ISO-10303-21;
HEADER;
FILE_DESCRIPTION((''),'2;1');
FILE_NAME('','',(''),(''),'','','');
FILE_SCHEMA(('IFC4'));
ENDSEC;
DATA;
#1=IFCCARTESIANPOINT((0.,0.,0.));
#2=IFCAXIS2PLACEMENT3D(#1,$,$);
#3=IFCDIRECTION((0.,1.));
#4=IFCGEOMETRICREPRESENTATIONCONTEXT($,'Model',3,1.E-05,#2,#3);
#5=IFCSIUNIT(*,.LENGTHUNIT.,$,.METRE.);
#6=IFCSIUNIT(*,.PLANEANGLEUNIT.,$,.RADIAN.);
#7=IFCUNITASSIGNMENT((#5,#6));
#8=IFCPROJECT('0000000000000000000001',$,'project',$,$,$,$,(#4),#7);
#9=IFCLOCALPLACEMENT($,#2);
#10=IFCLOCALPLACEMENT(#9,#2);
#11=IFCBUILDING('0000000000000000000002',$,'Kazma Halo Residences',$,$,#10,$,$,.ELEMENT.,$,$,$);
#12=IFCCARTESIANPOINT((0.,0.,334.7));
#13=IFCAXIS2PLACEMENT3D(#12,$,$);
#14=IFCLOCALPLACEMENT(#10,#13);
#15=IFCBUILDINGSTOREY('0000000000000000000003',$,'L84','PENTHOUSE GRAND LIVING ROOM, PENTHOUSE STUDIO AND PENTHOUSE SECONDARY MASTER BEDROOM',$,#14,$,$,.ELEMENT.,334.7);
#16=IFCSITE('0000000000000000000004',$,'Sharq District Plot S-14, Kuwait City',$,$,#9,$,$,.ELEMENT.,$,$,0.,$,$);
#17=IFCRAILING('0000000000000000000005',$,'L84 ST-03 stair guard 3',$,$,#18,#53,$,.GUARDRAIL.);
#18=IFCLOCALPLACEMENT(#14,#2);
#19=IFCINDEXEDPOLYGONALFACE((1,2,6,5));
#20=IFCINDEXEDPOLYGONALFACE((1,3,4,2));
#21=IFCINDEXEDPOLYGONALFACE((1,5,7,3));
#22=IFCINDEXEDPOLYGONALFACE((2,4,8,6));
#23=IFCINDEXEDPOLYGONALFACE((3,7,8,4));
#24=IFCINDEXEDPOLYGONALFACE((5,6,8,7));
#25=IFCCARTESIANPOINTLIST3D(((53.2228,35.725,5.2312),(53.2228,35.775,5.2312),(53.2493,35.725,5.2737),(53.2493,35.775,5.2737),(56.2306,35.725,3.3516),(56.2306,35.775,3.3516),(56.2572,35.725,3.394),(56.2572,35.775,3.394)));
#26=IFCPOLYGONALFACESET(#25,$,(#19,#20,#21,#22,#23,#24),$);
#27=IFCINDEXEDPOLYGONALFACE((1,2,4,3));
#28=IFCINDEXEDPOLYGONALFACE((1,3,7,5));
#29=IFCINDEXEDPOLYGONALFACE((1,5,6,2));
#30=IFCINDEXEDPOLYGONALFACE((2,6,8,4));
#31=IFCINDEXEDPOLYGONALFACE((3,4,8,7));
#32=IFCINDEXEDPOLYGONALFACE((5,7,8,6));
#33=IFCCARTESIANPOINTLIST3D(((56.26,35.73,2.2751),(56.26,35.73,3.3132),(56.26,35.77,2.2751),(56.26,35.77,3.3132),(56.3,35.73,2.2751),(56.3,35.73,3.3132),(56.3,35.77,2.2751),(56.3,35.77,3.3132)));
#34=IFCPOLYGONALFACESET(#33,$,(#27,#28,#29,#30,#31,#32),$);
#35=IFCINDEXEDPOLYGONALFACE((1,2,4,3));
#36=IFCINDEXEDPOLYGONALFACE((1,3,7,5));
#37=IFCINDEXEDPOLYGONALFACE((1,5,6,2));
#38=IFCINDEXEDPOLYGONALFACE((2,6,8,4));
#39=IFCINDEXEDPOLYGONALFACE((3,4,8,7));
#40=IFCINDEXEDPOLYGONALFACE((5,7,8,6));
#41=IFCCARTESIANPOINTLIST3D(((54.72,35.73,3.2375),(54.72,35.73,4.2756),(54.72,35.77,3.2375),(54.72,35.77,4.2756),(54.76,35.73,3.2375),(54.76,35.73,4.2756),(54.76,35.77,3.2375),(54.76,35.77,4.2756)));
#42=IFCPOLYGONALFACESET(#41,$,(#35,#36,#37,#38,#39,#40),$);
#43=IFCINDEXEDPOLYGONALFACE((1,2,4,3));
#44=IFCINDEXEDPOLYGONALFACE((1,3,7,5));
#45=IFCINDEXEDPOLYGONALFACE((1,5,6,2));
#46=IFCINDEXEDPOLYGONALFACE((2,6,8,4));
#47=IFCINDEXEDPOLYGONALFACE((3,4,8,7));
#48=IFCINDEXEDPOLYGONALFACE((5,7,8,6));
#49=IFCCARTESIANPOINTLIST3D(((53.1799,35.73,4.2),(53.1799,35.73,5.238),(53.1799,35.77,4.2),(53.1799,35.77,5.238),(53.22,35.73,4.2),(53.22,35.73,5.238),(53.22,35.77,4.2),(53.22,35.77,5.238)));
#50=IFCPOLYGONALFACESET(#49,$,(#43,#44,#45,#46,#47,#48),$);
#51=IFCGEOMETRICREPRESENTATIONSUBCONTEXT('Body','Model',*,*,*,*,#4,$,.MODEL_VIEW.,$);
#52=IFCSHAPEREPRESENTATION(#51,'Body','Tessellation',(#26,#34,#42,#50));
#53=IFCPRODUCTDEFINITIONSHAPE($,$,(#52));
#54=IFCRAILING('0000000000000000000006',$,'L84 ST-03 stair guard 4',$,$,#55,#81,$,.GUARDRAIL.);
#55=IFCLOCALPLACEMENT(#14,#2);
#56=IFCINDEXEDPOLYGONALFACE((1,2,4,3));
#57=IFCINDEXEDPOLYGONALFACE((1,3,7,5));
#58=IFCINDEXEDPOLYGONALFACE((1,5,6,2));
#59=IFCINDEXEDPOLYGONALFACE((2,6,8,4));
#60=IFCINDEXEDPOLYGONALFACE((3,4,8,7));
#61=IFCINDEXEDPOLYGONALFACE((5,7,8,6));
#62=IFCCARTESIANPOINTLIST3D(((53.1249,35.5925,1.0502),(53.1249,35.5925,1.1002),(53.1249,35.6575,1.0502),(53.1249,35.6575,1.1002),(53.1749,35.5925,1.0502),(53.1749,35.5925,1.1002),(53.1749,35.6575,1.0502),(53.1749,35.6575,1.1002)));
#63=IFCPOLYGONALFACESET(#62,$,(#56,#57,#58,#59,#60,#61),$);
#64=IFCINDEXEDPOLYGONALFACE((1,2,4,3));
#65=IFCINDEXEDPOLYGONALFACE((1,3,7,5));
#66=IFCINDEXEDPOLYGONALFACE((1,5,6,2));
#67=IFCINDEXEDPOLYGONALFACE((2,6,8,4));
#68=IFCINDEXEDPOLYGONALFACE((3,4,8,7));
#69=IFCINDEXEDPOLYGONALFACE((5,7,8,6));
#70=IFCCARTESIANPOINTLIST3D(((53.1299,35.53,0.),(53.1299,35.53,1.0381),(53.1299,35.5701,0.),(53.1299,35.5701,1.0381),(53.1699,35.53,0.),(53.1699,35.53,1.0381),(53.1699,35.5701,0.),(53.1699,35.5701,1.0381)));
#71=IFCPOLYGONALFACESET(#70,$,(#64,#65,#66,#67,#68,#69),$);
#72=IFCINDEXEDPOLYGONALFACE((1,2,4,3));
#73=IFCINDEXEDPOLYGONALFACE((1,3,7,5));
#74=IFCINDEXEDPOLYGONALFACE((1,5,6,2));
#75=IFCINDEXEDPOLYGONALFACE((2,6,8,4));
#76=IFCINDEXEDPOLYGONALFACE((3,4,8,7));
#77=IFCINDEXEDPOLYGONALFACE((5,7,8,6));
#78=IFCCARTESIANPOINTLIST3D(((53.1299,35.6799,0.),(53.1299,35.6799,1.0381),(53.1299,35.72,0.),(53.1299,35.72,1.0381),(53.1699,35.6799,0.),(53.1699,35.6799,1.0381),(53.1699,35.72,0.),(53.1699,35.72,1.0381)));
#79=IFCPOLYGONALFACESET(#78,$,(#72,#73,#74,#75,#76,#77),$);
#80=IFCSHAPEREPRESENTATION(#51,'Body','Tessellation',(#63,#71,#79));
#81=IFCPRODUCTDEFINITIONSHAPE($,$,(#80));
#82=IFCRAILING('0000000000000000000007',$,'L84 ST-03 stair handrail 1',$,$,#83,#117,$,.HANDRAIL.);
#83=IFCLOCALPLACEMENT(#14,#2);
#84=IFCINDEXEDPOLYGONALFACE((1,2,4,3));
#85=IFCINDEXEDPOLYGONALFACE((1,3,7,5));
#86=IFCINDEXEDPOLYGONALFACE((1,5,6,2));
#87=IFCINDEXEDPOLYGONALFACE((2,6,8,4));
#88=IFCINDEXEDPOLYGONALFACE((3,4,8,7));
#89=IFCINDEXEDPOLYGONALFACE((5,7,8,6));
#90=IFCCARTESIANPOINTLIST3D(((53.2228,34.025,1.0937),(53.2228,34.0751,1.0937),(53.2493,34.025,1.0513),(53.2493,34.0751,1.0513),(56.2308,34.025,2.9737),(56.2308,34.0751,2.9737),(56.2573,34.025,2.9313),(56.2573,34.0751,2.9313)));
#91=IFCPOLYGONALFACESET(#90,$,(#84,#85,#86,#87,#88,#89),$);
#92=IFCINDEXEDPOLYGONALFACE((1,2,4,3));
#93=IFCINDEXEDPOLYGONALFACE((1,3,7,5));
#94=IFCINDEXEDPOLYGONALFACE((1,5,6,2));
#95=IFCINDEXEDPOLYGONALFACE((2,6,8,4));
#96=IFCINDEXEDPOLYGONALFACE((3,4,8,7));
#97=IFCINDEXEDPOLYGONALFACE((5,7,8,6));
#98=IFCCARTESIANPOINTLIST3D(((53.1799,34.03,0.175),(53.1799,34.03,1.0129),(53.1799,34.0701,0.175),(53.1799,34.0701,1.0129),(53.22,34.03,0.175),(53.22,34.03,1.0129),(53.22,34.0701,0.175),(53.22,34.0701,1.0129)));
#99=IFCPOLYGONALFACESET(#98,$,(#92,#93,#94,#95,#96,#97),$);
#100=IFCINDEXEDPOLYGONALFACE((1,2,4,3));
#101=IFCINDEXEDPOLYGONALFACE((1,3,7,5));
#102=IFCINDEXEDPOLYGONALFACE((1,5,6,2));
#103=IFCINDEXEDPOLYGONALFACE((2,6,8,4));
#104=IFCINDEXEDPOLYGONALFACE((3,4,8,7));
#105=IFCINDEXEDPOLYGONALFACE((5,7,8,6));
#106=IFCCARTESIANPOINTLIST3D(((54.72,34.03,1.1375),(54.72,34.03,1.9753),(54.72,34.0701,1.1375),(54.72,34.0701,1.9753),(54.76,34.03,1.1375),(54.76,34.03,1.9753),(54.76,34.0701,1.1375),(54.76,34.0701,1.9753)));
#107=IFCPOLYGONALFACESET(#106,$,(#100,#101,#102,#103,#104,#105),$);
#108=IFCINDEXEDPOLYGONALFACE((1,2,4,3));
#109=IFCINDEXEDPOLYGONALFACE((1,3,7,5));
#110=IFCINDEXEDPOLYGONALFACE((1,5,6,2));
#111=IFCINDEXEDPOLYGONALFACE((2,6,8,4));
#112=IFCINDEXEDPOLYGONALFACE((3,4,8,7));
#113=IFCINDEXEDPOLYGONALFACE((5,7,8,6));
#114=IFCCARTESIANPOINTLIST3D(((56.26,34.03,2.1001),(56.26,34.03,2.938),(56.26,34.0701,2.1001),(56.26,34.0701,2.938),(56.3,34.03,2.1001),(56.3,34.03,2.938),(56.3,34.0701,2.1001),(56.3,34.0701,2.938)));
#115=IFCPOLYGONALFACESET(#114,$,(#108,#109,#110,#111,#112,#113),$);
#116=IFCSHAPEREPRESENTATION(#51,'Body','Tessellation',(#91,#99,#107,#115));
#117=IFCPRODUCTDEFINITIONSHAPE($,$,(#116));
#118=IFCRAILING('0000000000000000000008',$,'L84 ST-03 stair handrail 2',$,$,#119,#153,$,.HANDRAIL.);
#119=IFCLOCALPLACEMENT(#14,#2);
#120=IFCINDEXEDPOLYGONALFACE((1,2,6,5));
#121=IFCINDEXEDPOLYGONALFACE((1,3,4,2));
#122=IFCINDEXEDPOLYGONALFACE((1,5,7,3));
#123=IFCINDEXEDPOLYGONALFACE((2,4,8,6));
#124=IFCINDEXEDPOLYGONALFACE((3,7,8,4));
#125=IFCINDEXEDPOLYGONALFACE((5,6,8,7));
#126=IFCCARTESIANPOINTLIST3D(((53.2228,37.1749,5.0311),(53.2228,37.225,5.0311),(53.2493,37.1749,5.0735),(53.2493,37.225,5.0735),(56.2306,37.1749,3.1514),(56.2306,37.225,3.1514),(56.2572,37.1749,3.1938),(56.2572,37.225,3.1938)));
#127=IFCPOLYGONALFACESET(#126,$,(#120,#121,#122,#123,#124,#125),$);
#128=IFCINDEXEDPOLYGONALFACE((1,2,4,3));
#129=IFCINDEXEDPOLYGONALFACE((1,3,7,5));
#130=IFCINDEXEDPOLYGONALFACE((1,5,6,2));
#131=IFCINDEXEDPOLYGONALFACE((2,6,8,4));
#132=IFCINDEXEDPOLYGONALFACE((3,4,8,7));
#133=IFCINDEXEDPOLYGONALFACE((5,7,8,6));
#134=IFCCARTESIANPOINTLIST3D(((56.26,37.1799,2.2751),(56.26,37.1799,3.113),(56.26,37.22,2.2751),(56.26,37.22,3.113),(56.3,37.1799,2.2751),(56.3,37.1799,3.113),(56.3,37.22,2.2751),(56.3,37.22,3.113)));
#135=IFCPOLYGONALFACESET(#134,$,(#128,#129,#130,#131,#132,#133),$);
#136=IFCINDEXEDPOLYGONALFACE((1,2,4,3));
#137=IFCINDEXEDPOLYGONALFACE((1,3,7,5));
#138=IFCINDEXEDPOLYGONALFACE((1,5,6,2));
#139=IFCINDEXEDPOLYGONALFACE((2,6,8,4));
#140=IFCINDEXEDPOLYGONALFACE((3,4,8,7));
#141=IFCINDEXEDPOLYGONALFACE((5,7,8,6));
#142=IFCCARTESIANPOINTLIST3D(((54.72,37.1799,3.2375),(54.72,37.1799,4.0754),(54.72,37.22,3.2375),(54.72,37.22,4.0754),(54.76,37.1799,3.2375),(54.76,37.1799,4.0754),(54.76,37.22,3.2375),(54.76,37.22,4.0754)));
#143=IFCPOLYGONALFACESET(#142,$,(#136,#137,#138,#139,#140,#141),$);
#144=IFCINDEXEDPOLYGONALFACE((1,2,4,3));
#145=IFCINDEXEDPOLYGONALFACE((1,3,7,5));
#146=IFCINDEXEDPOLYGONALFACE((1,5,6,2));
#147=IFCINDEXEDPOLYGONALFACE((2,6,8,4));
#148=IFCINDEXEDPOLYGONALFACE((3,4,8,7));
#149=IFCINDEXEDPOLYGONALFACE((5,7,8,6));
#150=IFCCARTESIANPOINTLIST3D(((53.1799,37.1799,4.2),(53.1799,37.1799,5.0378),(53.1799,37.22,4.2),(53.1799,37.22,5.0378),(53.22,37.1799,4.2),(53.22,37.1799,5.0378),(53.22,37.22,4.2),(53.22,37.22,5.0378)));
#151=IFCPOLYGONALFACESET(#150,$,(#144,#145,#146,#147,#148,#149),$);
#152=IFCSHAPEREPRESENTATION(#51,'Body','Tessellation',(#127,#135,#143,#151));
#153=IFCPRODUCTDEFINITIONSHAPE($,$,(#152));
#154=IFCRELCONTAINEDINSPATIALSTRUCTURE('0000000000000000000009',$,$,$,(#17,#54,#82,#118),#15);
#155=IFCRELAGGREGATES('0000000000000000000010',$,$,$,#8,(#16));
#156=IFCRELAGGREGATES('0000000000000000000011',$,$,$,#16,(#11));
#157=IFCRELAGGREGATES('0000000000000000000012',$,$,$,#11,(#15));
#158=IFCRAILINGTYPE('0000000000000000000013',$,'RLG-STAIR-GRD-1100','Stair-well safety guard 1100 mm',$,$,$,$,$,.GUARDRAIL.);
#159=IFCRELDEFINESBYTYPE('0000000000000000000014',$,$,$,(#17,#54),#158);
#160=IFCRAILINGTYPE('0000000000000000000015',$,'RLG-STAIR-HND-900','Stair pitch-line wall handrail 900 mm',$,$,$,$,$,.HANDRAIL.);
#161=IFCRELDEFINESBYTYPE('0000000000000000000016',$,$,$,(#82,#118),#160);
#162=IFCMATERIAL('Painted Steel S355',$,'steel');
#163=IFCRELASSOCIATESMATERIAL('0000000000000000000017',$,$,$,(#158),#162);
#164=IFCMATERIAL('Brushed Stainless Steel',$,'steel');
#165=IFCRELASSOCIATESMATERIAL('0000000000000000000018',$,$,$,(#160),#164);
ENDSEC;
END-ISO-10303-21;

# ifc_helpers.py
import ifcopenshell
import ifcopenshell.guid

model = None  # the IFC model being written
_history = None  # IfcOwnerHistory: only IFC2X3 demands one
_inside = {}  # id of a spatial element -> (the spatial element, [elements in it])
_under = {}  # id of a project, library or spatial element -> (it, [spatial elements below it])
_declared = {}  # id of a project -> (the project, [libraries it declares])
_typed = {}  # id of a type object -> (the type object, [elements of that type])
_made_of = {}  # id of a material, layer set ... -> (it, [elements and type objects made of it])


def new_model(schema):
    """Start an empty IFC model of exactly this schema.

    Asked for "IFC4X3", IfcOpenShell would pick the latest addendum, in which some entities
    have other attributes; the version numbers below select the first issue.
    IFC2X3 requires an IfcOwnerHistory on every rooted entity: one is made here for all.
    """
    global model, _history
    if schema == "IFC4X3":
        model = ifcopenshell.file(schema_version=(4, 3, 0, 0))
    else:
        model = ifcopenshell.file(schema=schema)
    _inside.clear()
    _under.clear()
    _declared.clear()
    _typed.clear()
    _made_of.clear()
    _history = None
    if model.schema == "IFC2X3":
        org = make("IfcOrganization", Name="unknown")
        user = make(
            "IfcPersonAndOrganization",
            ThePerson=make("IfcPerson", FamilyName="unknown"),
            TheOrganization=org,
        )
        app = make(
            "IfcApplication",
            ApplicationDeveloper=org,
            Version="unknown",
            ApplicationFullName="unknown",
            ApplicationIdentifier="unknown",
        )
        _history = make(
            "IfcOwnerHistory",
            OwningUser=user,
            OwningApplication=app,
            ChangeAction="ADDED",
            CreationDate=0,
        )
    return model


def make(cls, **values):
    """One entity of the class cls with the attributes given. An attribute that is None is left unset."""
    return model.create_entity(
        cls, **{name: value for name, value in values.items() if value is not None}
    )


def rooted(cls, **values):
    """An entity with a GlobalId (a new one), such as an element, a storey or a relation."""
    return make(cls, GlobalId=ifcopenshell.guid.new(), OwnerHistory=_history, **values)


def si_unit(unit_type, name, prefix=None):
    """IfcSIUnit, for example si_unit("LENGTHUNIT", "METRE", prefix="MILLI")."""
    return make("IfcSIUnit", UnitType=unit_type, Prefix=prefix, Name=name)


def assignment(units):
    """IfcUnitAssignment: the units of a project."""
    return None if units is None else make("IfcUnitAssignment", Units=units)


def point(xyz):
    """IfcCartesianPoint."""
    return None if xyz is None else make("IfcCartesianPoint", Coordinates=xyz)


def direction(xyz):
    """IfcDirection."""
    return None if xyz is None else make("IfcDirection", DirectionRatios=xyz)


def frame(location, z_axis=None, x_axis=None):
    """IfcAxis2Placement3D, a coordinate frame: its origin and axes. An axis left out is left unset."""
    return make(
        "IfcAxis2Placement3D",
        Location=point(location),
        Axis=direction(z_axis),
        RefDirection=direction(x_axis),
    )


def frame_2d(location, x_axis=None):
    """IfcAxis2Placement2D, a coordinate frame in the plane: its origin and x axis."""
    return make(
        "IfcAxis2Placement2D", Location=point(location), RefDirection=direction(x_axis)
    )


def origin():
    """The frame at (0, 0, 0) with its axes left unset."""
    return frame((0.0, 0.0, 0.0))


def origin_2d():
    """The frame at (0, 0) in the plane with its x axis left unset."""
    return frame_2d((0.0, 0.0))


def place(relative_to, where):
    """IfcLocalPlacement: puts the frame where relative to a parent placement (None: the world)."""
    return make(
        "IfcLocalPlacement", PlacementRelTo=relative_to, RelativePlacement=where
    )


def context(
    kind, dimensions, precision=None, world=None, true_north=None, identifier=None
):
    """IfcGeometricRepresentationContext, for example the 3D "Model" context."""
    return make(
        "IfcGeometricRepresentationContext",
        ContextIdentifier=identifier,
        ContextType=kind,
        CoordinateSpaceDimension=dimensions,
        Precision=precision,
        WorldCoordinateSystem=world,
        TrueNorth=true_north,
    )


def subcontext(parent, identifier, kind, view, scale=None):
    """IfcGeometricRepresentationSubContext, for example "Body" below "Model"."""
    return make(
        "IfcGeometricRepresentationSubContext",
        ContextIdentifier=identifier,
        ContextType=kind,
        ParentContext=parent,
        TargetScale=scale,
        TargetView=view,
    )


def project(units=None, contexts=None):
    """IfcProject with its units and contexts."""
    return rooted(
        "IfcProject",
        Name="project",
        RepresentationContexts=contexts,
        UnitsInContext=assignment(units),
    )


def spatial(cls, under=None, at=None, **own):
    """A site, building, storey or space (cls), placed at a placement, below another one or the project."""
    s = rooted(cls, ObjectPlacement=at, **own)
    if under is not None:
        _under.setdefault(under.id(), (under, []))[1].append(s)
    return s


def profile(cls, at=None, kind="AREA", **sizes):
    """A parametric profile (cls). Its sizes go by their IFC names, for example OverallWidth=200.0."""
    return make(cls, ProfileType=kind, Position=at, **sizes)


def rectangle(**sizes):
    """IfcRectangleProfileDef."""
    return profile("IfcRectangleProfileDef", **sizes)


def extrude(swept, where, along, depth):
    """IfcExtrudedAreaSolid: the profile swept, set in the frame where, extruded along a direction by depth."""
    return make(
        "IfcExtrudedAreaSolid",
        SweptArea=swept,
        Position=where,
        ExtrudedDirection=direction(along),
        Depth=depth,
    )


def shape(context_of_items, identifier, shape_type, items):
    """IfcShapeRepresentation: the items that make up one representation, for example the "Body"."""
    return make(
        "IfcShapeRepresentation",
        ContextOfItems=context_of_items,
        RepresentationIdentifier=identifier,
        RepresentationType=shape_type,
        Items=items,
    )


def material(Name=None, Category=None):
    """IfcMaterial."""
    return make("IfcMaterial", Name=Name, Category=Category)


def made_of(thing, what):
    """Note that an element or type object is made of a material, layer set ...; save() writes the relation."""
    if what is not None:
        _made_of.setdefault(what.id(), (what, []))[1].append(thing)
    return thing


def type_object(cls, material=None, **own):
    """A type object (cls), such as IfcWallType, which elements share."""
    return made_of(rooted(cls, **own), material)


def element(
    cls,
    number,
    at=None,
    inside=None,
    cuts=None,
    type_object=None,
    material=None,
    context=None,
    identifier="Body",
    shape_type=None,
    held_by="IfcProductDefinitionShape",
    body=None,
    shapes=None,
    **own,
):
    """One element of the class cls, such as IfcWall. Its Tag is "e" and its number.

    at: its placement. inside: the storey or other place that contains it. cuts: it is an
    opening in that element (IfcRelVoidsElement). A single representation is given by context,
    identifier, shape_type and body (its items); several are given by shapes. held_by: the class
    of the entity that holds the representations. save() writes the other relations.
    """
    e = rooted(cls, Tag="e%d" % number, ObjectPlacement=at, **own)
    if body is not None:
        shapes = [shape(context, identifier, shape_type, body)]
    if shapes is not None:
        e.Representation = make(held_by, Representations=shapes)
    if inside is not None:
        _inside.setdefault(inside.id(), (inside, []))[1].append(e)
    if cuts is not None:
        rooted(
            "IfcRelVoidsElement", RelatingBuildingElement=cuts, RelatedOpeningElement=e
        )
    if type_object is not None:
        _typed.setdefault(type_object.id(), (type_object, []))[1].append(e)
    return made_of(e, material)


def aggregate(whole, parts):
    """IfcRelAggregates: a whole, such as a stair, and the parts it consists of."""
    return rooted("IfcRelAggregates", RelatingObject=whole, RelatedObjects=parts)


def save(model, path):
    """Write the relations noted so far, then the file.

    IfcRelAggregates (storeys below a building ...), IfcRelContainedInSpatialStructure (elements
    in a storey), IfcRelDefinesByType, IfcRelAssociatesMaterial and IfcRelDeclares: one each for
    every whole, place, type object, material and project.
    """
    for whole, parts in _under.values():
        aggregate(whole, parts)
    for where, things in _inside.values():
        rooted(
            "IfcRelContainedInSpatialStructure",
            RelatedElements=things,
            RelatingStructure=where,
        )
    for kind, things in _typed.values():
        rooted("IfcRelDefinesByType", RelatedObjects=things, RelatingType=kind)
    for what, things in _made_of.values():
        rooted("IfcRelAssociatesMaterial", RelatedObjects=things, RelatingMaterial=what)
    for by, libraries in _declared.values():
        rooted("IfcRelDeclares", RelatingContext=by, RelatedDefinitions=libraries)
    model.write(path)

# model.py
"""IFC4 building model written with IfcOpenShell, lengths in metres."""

from ifc_helpers import new_model, si_unit, direction, frame, origin, origin_2d, place, context, subcontext, project, spatial, rectangle, extrude, material, type_object, element, save


model = new_model("IFC4")

# Units and contexts
model_context = context("Model", 3, precision=1e-05, world=origin(), true_north=direction((0.0, 1.0)))
body_context = subcontext(model_context, "Body", "Model", "MODEL_VIEW")
ifc_project = project(units=[si_unit("LENGTHUNIT", "METRE"), si_unit("PLANEANGLEUNIT", "RADIAN")], contexts=[model_context])

# Site, building, storey
site_placement = place(None, origin())
site = spatial("IfcSite", under=ifc_project, at=site_placement, Name="Sharq District Plot S-14, Kuwait City", CompositionType="ELEMENT", RefElevation=0.0)
building_placement = place(site_placement, origin())
building = spatial("IfcBuilding", under=site, at=building_placement, Name="Kazma Halo Residences", CompositionType="ELEMENT")
storey_placement = place(building_placement, frame((0.0, 0.0, 334.7)))
storey = spatial("IfcBuildingStorey", under=building, at=storey_placement, Name="L84", Description="PENTHOUSE GRAND LIVING ROOM, PENTHOUSE STUDIO AND PENTHOUSE SECONDARY MASTER BEDROOM", CompositionType="ELEMENT", Elevation=334.7)

# Railings
ifc_material_1 = material(Name="Painted Steel S355", Category="steel")
railing_type_1 = type_object("IfcRailingType", Name="RLG-STAIR-GRD-1100", Description="Stair-well safety guard 1100 mm", PredefinedType="GUARDRAIL", material=ifc_material_1)
railing_1_placement = place(storey_placement, frame((56.28, 35.75, 2.2751)))
element("IfcRailing", 1, at=railing_1_placement, inside=storey, type_object=railing_type_1, Name="L84 ST-03 stair guard 3", PredefinedType="GUARDRAIL", context=body_context, shape_type="SweptSolid", body=[
    extrude(rectangle(XDim=0.05, YDim=0.05, at=origin_2d()), frame((-0.0361, 0.0, 1.0977), z_axis=(-0.848029, 0.0, 0.529951), x_axis=(0.0, -1.0, 0.0)), (0.0, 0.0, 1.0), 3.5469),
    extrude(rectangle(XDim=0.04, YDim=0.04, at=origin_2d()), origin(), (0.0, 0.0, 1.0), 1.0381),
    extrude(rectangle(XDim=0.04, YDim=0.04, at=origin_2d()), frame((-1.54, 0.0, 0.9624)), (0.0, 0.0, 1.0), 1.0381),
    extrude(rectangle(XDim=0.04, YDim=0.04, at=origin_2d()), frame((-3.0801, 0.0, 1.9248)), (0.0, 0.0, 1.0), 1.0381),
])
railing_2_placement = place(storey_placement, frame((53.1499, 35.55, 0.0)))
element("IfcRailing", 2, at=railing_2_placement, inside=storey, type_object=railing_type_1, Name="L84 ST-03 stair guard 4", PredefinedType="GUARDRAIL", context=body_context, shape_type="SweptSolid", body=[
    extrude(rectangle(XDim=0.05, YDim=0.05, at=origin_2d()), frame((0.0, 0.0425, 1.0752), z_axis=(0.0, 1.0, 0.0), x_axis=(-1.0, 0.0, 0.0)), (0.0, 0.0, 1.0), 0.0649),
    extrude(rectangle(XDim=0.04, YDim=0.04, at=origin_2d()), origin(), (0.0, 0.0, 1.0), 1.0381),
    extrude(rectangle(XDim=0.04, YDim=0.04, at=origin_2d()), frame((0.0, 0.1499, 0.0)), (0.0, 0.0, 1.0), 1.0381),
])
ifc_material_2 = material(Name="Brushed Stainless Steel", Category="steel")
railing_type_2 = type_object("IfcRailingType", Name="RLG-STAIR-HND-900", Description="Stair pitch-line wall handrail 900 mm", PredefinedType="HANDRAIL", material=ifc_material_2)
railing_3_placement = place(storey_placement, frame((53.2, 34.05, 0.175)))
element("IfcRailing", 3, at=railing_3_placement, inside=storey, type_object=railing_type_2, Name="L84 ST-03 stair handrail 1", PredefinedType="HANDRAIL", context=body_context, shape_type="SweptSolid", body=[
    extrude(rectangle(XDim=0.05, YDim=0.05, at=origin_2d()), frame((0.0361, 0.0, 0.8975), z_axis=(0.847998, 0.0, 0.529999), x_axis=(0.0, 1.0, 0.0)), (0.0, 0.0, 1.0), 3.5471),
    extrude(rectangle(XDim=0.04, YDim=0.04, at=origin_2d()), origin(), (0.0, 0.0, 1.0), 0.8379),
    extrude(rectangle(XDim=0.04, YDim=0.04, at=origin_2d()), frame((1.54, 0.0, 0.9624)), (0.0, 0.0, 1.0), 0.8379),
    extrude(rectangle(XDim=0.04, YDim=0.04, at=origin_2d()), frame((3.0801, 0.0, 1.925)), (0.0, 0.0, 1.0), 0.8379),
])
railing_4_placement = place(storey_placement, frame((56.28, 37.2, 2.2751)))
element("IfcRailing", 4, at=railing_4_placement, inside=storey, type_object=railing_type_2, Name="L84 ST-03 stair handrail 2", PredefinedType="HANDRAIL", context=body_context, shape_type="SweptSolid", body=[
    extrude(rectangle(XDim=0.05, YDim=0.05, at=origin_2d()), frame((-0.0361, 0.0, 0.8975), z_axis=(-0.848029, 0.0, 0.529951), x_axis=(0.0, -1.0, 0.0)), (0.0, 0.0, 1.0), 3.5469),
    extrude(rectangle(XDim=0.04, YDim=0.04, at=origin_2d()), origin(), (0.0, 0.0, 1.0), 0.8379),
    extrude(rectangle(XDim=0.04, YDim=0.04, at=origin_2d()), frame((-1.54, 0.0, 0.9624)), (0.0, 0.0, 1.0), 0.8379),
    extrude(rectangle(XDim=0.04, YDim=0.04, at=origin_2d()), frame((-3.0801, 0.0, 1.9248)), (0.0, 0.0, 1.0), 0.8379),
])

save(model, "model.ifc")
